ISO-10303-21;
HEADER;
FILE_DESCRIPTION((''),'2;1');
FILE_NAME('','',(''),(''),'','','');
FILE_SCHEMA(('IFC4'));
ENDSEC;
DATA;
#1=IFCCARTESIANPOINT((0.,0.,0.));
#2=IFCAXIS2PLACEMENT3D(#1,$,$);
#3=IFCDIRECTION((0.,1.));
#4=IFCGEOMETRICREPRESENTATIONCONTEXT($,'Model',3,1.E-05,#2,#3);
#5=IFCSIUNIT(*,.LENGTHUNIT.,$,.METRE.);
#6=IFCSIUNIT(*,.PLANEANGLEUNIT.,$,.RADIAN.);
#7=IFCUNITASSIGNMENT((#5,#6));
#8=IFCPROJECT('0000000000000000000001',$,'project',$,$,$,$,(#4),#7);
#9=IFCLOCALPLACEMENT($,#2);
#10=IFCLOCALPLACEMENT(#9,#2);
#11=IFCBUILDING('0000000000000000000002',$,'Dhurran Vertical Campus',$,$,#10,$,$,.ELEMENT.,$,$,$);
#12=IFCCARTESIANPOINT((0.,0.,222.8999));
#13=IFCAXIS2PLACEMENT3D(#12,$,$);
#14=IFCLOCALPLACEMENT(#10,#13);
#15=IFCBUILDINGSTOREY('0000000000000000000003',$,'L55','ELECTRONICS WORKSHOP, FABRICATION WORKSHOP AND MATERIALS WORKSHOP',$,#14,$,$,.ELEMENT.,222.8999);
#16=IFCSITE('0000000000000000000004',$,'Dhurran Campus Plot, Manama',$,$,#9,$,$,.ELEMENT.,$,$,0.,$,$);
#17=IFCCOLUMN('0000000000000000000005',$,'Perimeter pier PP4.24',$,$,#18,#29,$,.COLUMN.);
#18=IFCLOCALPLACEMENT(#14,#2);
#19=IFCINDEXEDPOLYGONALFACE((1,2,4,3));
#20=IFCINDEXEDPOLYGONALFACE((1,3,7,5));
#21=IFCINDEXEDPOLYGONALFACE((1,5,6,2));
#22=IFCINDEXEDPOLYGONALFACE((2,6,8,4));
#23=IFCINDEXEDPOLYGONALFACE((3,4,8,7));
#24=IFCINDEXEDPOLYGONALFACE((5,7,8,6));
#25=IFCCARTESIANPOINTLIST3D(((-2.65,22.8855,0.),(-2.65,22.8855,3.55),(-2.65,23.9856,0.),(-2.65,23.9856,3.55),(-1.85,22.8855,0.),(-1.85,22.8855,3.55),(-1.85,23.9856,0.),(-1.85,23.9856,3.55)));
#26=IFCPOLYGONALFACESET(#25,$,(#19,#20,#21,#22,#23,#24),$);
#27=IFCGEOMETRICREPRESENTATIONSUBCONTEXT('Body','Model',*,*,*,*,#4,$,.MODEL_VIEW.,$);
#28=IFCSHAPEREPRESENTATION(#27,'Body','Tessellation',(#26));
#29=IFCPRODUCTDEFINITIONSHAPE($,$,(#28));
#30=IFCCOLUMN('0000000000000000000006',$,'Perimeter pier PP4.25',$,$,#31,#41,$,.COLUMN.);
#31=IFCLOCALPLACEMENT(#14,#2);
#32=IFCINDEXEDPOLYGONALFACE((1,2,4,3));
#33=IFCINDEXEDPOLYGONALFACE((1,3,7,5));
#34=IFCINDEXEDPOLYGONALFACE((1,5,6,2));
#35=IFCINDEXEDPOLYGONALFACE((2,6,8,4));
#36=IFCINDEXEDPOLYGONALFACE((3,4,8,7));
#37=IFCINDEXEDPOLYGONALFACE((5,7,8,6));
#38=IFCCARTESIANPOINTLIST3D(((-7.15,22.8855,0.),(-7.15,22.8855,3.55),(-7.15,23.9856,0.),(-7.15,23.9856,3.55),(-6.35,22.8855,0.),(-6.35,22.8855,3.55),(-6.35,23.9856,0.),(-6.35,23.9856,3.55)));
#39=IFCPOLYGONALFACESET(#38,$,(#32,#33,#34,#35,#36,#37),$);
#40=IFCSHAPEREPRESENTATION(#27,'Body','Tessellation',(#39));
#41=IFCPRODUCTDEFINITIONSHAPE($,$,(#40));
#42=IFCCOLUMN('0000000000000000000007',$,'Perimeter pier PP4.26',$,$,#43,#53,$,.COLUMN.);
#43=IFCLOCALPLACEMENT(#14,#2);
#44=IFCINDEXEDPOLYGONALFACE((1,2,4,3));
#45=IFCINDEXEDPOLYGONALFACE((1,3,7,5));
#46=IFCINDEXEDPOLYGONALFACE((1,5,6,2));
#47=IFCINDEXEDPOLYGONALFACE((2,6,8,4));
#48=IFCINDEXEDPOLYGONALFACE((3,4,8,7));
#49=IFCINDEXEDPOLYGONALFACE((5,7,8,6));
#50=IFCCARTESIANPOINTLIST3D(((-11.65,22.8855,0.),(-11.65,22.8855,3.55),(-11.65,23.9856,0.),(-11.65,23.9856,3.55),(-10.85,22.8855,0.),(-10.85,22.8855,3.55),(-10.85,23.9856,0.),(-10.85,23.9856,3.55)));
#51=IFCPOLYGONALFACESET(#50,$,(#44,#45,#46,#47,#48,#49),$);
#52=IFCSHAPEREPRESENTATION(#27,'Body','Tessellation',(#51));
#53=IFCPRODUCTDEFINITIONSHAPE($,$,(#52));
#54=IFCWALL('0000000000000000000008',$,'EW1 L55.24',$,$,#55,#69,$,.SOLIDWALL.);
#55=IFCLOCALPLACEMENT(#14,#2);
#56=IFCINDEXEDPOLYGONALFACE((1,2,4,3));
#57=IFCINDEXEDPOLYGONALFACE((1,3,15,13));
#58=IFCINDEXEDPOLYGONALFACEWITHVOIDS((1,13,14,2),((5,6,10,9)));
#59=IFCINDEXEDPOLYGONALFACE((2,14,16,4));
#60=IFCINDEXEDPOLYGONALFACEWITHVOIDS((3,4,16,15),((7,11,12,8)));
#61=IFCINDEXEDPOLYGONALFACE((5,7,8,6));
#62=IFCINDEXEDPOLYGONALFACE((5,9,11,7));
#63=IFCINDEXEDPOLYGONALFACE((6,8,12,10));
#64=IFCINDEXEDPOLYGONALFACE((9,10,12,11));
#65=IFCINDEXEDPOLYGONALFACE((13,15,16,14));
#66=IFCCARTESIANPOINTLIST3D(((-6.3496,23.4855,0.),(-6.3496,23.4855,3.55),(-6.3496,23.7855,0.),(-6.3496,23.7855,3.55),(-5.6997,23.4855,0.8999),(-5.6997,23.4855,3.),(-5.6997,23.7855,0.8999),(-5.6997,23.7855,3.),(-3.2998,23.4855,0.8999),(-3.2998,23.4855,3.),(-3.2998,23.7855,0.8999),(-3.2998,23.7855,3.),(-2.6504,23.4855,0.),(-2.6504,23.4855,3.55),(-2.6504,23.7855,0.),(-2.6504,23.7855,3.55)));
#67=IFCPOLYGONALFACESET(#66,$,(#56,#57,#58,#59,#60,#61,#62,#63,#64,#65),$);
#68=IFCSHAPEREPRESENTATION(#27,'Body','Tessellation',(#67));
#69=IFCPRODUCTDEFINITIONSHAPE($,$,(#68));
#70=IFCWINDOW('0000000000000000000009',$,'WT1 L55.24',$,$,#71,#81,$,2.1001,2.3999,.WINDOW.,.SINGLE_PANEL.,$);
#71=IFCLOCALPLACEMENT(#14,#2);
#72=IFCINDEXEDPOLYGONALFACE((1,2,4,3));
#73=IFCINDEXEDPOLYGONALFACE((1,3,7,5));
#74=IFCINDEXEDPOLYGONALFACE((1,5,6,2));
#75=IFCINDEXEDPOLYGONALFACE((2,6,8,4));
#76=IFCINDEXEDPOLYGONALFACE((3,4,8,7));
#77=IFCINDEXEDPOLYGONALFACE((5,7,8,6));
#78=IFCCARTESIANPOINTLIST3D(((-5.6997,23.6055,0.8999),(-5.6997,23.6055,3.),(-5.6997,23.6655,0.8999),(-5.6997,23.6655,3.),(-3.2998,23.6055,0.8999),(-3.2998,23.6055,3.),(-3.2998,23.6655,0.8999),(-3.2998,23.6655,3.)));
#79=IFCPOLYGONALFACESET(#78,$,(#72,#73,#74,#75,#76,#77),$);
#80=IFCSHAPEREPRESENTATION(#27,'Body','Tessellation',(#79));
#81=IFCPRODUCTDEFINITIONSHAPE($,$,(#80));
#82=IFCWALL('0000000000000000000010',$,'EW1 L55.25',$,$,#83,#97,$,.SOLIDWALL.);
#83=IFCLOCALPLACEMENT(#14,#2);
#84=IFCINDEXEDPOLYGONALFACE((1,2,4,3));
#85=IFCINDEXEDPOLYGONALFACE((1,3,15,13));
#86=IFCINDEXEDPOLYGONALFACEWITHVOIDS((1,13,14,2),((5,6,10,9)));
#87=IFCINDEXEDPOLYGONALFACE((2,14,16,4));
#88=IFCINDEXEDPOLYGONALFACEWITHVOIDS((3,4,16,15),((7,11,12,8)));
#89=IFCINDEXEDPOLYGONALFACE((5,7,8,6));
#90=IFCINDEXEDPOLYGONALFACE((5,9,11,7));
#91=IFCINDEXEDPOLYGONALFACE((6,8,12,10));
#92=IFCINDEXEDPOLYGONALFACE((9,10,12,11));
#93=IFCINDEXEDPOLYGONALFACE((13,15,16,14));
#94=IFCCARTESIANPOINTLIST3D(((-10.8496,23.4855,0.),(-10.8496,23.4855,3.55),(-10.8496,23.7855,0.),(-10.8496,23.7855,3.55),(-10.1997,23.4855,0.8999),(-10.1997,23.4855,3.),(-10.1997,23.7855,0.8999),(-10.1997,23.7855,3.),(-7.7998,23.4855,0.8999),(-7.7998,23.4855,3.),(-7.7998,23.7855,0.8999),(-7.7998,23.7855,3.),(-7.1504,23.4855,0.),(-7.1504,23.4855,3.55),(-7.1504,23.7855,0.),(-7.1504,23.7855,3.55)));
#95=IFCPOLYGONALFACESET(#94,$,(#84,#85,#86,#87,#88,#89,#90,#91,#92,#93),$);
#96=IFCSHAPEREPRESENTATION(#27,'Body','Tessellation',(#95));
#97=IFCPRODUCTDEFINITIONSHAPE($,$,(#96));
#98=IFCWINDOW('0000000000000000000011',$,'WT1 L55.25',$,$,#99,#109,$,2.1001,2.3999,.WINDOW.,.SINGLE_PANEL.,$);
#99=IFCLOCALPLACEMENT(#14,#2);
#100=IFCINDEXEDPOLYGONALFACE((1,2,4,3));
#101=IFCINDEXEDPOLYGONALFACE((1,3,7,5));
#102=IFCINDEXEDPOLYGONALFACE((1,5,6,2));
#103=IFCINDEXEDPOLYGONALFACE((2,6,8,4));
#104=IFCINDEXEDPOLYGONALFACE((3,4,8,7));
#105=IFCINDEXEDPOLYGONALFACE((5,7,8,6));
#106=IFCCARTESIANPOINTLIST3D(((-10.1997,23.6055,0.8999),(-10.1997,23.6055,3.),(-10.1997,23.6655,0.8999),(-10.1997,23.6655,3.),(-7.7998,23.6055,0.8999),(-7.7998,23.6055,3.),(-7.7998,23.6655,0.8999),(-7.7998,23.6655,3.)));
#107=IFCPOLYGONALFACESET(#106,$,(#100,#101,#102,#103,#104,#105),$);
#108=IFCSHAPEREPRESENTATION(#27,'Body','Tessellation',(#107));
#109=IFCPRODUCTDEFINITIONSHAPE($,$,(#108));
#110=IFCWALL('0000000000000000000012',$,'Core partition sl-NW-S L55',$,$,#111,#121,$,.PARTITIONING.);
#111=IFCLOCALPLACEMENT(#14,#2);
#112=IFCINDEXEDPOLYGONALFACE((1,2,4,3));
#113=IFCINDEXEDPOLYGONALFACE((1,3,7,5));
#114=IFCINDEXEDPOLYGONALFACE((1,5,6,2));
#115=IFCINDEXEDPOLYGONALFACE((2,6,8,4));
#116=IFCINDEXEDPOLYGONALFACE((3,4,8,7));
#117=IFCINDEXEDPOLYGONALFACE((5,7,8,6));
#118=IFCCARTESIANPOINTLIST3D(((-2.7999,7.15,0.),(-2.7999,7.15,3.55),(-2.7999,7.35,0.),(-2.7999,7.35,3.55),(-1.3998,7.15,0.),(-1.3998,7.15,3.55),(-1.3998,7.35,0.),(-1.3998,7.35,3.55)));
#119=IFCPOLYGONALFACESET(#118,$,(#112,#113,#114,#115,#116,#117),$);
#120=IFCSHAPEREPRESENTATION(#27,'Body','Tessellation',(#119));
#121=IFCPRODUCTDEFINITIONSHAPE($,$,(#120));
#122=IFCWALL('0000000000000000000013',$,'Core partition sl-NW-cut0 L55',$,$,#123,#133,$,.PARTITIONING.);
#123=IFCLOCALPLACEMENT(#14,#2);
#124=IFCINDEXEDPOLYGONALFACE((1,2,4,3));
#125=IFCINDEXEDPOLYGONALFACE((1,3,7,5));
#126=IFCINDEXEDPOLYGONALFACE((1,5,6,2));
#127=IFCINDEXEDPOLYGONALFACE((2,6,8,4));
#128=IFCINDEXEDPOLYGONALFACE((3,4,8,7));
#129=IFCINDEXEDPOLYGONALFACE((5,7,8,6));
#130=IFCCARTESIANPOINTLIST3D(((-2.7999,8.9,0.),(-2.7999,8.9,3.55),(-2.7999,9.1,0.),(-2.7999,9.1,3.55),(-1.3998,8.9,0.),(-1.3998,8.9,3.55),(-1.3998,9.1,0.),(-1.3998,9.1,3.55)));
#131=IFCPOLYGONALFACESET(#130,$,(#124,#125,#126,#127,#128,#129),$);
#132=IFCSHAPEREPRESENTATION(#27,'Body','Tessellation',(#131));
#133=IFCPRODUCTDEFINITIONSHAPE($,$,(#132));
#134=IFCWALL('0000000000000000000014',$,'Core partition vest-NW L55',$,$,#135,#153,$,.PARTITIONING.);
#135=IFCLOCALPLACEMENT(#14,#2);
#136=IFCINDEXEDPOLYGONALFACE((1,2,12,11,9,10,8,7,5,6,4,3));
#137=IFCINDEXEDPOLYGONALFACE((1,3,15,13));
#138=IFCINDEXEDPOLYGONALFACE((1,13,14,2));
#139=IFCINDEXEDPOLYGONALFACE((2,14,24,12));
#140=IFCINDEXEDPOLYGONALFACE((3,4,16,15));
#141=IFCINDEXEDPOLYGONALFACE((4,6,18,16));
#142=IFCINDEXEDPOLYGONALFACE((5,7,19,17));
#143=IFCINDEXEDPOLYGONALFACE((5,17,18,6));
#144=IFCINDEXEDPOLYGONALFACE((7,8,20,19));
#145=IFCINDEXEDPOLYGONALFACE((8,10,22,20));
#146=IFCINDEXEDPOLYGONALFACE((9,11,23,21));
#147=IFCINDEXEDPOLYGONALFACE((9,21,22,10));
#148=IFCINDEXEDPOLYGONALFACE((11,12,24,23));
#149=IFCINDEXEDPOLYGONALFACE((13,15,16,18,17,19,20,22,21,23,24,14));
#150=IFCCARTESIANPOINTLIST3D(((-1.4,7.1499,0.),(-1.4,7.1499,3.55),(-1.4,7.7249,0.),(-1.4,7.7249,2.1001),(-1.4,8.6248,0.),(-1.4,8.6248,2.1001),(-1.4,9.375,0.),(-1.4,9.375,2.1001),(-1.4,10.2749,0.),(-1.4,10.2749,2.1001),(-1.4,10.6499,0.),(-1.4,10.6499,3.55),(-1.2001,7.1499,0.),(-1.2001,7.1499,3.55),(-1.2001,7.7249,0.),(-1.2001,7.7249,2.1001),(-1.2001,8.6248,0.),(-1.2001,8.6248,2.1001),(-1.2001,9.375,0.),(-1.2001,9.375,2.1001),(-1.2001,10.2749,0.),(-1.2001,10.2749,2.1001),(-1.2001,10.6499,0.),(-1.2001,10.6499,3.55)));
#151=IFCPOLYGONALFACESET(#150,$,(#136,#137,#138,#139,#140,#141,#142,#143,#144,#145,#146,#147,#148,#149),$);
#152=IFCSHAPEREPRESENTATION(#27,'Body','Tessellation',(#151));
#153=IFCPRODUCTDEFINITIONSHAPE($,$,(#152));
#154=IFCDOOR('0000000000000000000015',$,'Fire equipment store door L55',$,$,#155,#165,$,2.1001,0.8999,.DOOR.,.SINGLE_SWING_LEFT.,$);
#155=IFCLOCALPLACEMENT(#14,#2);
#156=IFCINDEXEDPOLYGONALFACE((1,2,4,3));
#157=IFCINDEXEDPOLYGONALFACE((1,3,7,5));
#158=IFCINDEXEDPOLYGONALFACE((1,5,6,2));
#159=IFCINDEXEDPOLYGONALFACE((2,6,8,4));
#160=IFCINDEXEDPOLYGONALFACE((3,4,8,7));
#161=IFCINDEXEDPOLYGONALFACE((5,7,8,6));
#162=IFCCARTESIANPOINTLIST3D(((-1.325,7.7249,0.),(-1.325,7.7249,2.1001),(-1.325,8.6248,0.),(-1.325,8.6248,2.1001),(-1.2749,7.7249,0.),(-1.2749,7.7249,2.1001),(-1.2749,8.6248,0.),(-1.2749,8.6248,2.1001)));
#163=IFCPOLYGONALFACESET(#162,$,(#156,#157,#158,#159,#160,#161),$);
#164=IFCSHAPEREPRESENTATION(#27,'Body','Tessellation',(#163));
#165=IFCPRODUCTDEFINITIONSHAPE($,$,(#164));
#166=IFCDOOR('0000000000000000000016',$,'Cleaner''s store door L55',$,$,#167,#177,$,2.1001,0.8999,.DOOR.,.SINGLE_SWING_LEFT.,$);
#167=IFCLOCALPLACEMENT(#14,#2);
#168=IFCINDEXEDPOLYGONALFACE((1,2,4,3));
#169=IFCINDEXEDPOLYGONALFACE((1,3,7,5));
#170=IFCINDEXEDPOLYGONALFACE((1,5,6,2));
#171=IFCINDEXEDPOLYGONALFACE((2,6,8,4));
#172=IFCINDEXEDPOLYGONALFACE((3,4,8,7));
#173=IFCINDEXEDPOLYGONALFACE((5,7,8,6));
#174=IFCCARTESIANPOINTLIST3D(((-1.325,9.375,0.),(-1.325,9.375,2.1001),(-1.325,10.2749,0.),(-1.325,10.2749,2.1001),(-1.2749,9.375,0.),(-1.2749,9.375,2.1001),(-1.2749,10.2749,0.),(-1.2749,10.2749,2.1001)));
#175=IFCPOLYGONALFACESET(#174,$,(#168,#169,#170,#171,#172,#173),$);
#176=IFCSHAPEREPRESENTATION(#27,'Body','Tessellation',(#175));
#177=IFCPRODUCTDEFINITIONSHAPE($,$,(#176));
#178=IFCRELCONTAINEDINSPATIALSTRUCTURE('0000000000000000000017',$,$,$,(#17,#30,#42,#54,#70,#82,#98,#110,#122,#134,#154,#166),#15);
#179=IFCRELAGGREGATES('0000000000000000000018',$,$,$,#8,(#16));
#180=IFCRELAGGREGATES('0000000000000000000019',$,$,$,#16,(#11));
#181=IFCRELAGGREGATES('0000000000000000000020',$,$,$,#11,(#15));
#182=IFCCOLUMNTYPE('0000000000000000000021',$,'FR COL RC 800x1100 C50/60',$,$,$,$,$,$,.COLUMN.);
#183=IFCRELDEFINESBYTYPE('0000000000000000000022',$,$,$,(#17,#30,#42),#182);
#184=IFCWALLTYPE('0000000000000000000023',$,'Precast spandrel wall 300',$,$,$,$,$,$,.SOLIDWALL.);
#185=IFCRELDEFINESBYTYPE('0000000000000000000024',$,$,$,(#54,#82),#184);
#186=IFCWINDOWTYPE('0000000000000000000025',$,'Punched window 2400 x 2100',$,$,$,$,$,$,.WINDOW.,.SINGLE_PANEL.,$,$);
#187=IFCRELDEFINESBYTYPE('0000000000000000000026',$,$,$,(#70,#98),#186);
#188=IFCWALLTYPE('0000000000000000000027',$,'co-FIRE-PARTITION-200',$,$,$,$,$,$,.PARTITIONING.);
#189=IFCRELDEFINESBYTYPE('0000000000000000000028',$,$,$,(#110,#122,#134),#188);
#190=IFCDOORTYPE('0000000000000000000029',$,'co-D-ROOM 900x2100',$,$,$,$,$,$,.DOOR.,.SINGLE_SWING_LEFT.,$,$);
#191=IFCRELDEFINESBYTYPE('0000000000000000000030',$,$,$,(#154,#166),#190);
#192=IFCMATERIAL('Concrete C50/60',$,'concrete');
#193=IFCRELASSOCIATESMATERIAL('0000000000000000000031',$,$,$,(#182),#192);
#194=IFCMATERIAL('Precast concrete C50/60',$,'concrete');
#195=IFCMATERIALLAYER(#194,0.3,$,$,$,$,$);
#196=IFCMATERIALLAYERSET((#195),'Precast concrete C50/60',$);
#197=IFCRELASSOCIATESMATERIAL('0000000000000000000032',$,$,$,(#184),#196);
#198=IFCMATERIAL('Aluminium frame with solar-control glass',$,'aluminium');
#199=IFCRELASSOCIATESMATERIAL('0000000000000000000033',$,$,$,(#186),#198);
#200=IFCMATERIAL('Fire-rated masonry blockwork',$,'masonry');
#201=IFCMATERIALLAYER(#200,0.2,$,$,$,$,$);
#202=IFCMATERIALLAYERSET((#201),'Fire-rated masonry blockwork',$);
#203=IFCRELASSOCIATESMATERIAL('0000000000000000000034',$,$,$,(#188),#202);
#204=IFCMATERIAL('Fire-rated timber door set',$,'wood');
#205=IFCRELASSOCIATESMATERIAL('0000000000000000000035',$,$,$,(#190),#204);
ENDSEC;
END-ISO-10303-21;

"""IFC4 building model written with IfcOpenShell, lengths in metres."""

from ifc_helpers import new_model, si_unit, direction, frame, frame_2d, origin, origin_2d, place, context, subcontext, project, spatial, rectangle, extrude, material, layer, layer_set, material_profile, profile_set, type_object, element, fill, save


model = new_model("IFC4")

# Units and contexts
model_context = context("Model", 3, precision=1e-05, world=origin(), true_north=direction((0.0, 1.0)))
body_context = subcontext(model_context, "Body", "Model", "MODEL_VIEW")
ifc_project = project(units=[si_unit("LENGTHUNIT", "METRE"), si_unit("PLANEANGLEUNIT", "RADIAN")], contexts=[model_context])

# Site, building, storey
site_placement = place(None, origin())
site = spatial("IfcSite", under=ifc_project, at=site_placement, Name="Dhurran Campus Plot, Manama", CompositionType="ELEMENT", RefElevation=0.0)
building_placement = place(site_placement, origin())
building = spatial("IfcBuilding", under=site, at=building_placement, Name="Dhurran Vertical Campus", CompositionType="ELEMENT")
storey_placement = place(building_placement, frame((0.0, 0.0, 222.8999)))
storey = spatial("IfcBuildingStorey", under=building, at=storey_placement, Name="L55", Description="ELECTRONICS WORKSHOP, FABRICATION WORKSHOP AND MATERIALS WORKSHOP", CompositionType="ELEMENT", Elevation=222.8999)

# Columns
ifc_material_1 = material(Name="Concrete C50/60", Category="concrete")
ifc_material_profile = material_profile(ifc_material_1, rectangle(XDim=0.8, YDim=1.1001, at=origin_2d()), Name="RC 800x1100")
ifc_profile_set = profile_set([ifc_material_profile], Name="Concrete C50/60")
column_type = type_object("IfcColumnType", Name="FR COL RC 800x1100 C50/60", PredefinedType="COLUMN", material=ifc_profile_set)
for number, where, z_axis, x_axis, name in (
    (1, (-2.25, 23.4355, 0.0), (0.0, 0.0, 1.0), (-1.0, 0.0, 0.0), "Perimeter pier PP4.24"),
    (2, (-6.75, 23.4355, 0.0), (0.0, 0.0, 1.0), (-1.0, 0.0, 0.0), "Perimeter pier PP4.25"),
    (3, (-11.25, 23.4355, 0.0), (0.0, 0.0, 1.0), (-1.0, 0.0, 0.0), "Perimeter pier PP4.26"),
):
    element("IfcColumn", number, at=place(storey_placement, frame(where, z_axis=z_axis, x_axis=x_axis)), inside=storey, type_object=column_type, Name=name, PredefinedType="COLUMN", context=body_context, shape_type="SweptSolid", body=[
        extrude(rectangle(XDim=0.8, YDim=1.1001, at=origin_2d()), origin(), (0.0, 0.0, 1.0), 3.55),
    ])

# Walls, openings, windows
ifc_material_2 = material(Name="Precast concrete C50/60", Category="concrete")
ifc_layer_1 = layer(ifc_material_2, 0.3)
ifc_layer_set_1 = layer_set([ifc_layer_1], Name="Precast concrete C50/60")
wall_type_1 = type_object("IfcWallType", Name="Precast spandrel wall 300", PredefinedType="SOLIDWALL", material=ifc_layer_set_1)
wall_1_placement = place(storey_placement, frame((-2.6504, 23.6355, 0.0), z_axis=(0.0, 0.0, 1.0), x_axis=(-1.0, 0.0, 0.0)))
wall_1 = element("IfcWall", 4, at=wall_1_placement, inside=storey, type_object=wall_type_1, Name="EW1 L55.24", PredefinedType="SOLIDWALL", context=body_context, shape_type="SweptSolid", body=[
    extrude(rectangle(XDim=3.6992, YDim=0.3, at=frame_2d((1.8496, 0.0))), origin(), (0.0, 0.0, 1.0), 3.55),
])
opening_1_placement = place(wall_1_placement, frame((0.6494, 0.0, 0.8999)))
opening_1 = element("IfcOpeningElement", 5, at=opening_1_placement, cuts=wall_1, PredefinedType="OPENING", context=body_context, shape_type="SweptSolid", body=[
    extrude(rectangle(XDim=2.3999, YDim=2.1001, at=frame_2d((1.2, 1.05))), frame((0.0, 0.1599, 0.0), z_axis=(0.0, -1.0, 0.0), x_axis=(1.0, 0.0, 0.0)), (0.0, 0.0, 1.0), 0.3201),
])
ifc_material_3 = material(Name="Aluminium frame with solar-control glass", Category="aluminium")
window_type = type_object("IfcWindowType", Name="Punched window 2400 x 2100", PartitioningType="SINGLE_PANEL", PredefinedType="WINDOW", material=ifc_material_3)
window_1_placement = place(opening_1_placement, origin())
window_1 = element("IfcWindow", 6, at=window_1_placement, inside=storey, type_object=window_type, Name="WT1 L55.24", OverallHeight=2.1001, OverallWidth=2.3999, PartitioningType="SINGLE_PANEL", PredefinedType="WINDOW", context=body_context, shape_type="SweptSolid", body=[
    extrude(rectangle(XDim=2.3999, YDim=2.1001, at=frame_2d((1.2, 1.05))), frame((0.0, 0.03, 0.0), z_axis=(0.0, -1.0, 0.0), x_axis=(1.0, 0.0, 0.0)), (0.0, 0.0, 1.0), 0.0601),
])
fill(opening_1, window_1)
wall_2_placement = place(storey_placement, frame((-7.1504, 23.6355, 0.0), z_axis=(0.0, 0.0, 1.0), x_axis=(-1.0, 0.0, 0.0)))
wall_2 = element("IfcWall", 7, at=wall_2_placement, inside=storey, type_object=wall_type_1, Name="EW1 L55.25", PredefinedType="SOLIDWALL", context=body_context, shape_type="SweptSolid", body=[
    extrude(rectangle(XDim=3.6992, YDim=0.3, at=frame_2d((1.8496, 0.0))), origin(), (0.0, 0.0, 1.0), 3.55),
])
opening_2_placement = place(wall_2_placement, frame((0.6494, 0.0, 0.8999)))
opening_2 = element("IfcOpeningElement", 8, at=opening_2_placement, cuts=wall_2, PredefinedType="OPENING", context=body_context, shape_type="SweptSolid", body=[
    extrude(rectangle(XDim=2.3999, YDim=2.1001, at=frame_2d((1.2, 1.05))), frame((0.0, 0.1599, 0.0), z_axis=(0.0, -1.0, 0.0), x_axis=(1.0, 0.0, 0.0)), (0.0, 0.0, 1.0), 0.3201),
])
window_2_placement = place(opening_2_placement, origin())
window_2 = element("IfcWindow", 9, at=window_2_placement, inside=storey, type_object=window_type, Name="WT1 L55.25", OverallHeight=2.1001, OverallWidth=2.3999, PartitioningType="SINGLE_PANEL", PredefinedType="WINDOW", context=body_context, shape_type="SweptSolid", body=[
    extrude(rectangle(XDim=2.3999, YDim=2.1001, at=frame_2d((1.2, 1.05))), frame((0.0, 0.03, 0.0), z_axis=(0.0, -1.0, 0.0), x_axis=(1.0, 0.0, 0.0)), (0.0, 0.0, 1.0), 0.0601),
])
fill(opening_2, window_2)

# Walls
ifc_material_4 = material(Name="Fire-rated masonry blockwork", Category="masonry")
ifc_layer_2 = layer(ifc_material_4, 0.2)
ifc_layer_set_2 = layer_set([ifc_layer_2], Name="Fire-rated masonry blockwork")
wall_type_2 = type_object("IfcWallType", Name="co-FIRE-PARTITION-200", PredefinedType="PARTITIONING", material=ifc_layer_set_2)
for number, where, z_axis, x_axis, name in (
    (10, (-2.8, 7.25, 0.0), (0.0, 0.0, 1.0), (1.0, 0.0, 0.0), "Core partition sl-NW-S L55"),
    (11, (-2.8, 9.0, 0.0), (0.0, 0.0, 1.0), (1.0, 0.0, 0.0), "Core partition sl-NW-cut0 L55"),
):
    element("IfcWall", number, at=place(storey_placement, frame(where, z_axis=z_axis, x_axis=x_axis)), inside=storey, type_object=wall_type_2, Name=name, PredefinedType="PARTITIONING", context=body_context, shape_type="SweptSolid", body=[
        extrude(rectangle(XDim=1.4001, YDim=0.2, at=frame_2d((0.7002, 0.0))), origin(), (0.0, 0.0, 1.0), 3.55),
    ])

# Wall, openings, doors
wall_3_placement = place(storey_placement, frame((-1.3, 7.1499, 0.0), z_axis=(0.0, 0.0, 1.0), x_axis=(0.0, 1.0, 0.0)))
wall_3 = element("IfcWall", 12, at=wall_3_placement, inside=storey, type_object=wall_type_2, Name="Core partition vest-NW L55", PredefinedType="PARTITIONING", context=body_context, shape_type="SweptSolid", body=[
    extrude(rectangle(XDim=3.5, YDim=0.2, at=frame_2d((1.75, 0.0))), origin(), (0.0, 0.0, 1.0), 3.55),
])
opening_3_placement = place(wall_3_placement, frame((0.575, 0.0, 0.0)))
opening_3 = element("IfcOpeningElement", 13, at=opening_3_placement, cuts=wall_3, PredefinedType="OPENING", context=body_context, shape_type="SweptSolid", body=[
    extrude(rectangle(XDim=0.8999, YDim=2.1001, at=frame_2d((0.45, 1.05))), frame((0.0, 0.1099, 0.0), z_axis=(0.0, -1.0, 0.0), x_axis=(1.0, 0.0, 0.0)), (0.0, 0.0, 1.0), 0.22),
])
opening_4_placement = place(wall_3_placement, frame((2.2251, 0.0, 0.0)))
opening_4 = element("IfcOpeningElement", 14, at=opening_4_placement, cuts=wall_3, PredefinedType="OPENING", context=body_context, shape_type="SweptSolid", body=[
    extrude(rectangle(XDim=0.8999, YDim=2.1001, at=frame_2d((0.45, 1.05))), frame((0.0, 0.1099, 0.0), z_axis=(0.0, -1.0, 0.0), x_axis=(1.0, 0.0, 0.0)), (0.0, 0.0, 1.0), 0.22),
])
ifc_material_5 = material(Name="Fire-rated timber door set", Category="wood")
door_type_1 = type_object("IfcDoorType", Name="co-D-ROOM 900x2100", OperationType="SINGLE_SWING_LEFT", PredefinedType="DOOR", material=ifc_material_5)
door_1_placement = place(opening_3_placement, origin())
door_1 = element("IfcDoor", 15, at=door_1_placement, inside=storey, type_object=door_type_1, Name="Fire equipment store door L55", OperationType="SINGLE_SWING_LEFT", OverallHeight=2.1001, OverallWidth=0.8999, PredefinedType="DOOR", context=body_context, shape_type="SweptSolid", body=[
    extrude(rectangle(XDim=0.8999, YDim=2.1001, at=frame_2d((0.45, 1.05))), frame((0.0, 0.0249, 0.0), z_axis=(0.0, -1.0, 0.0), x_axis=(1.0, 0.0, 0.0)), (0.0, 0.0, 1.0), 0.05),
])
fill(opening_3, door_1)
door_2_placement = place(opening_4_placement, origin())
door_2 = element("IfcDoor", 16, at=door_2_placement, inside=storey, type_object=door_type_1, Name="Cleaner's store door L55", OperationType="SINGLE_SWING_LEFT", OverallHeight=2.1001, OverallWidth=0.8999, PredefinedType="DOOR", context=body_context, shape_type="SweptSolid", body=[
    extrude(rectangle(XDim=0.8999, YDim=2.1001, at=frame_2d((0.45, 1.05))), frame((0.0, 0.0249, 0.0), z_axis=(0.0, -1.0, 0.0), x_axis=(1.0, 0.0, 0.0)), (0.0, 0.0, 1.0), 0.05),
])
fill(opening_4, door_2)

save(model, "model.ifc")
